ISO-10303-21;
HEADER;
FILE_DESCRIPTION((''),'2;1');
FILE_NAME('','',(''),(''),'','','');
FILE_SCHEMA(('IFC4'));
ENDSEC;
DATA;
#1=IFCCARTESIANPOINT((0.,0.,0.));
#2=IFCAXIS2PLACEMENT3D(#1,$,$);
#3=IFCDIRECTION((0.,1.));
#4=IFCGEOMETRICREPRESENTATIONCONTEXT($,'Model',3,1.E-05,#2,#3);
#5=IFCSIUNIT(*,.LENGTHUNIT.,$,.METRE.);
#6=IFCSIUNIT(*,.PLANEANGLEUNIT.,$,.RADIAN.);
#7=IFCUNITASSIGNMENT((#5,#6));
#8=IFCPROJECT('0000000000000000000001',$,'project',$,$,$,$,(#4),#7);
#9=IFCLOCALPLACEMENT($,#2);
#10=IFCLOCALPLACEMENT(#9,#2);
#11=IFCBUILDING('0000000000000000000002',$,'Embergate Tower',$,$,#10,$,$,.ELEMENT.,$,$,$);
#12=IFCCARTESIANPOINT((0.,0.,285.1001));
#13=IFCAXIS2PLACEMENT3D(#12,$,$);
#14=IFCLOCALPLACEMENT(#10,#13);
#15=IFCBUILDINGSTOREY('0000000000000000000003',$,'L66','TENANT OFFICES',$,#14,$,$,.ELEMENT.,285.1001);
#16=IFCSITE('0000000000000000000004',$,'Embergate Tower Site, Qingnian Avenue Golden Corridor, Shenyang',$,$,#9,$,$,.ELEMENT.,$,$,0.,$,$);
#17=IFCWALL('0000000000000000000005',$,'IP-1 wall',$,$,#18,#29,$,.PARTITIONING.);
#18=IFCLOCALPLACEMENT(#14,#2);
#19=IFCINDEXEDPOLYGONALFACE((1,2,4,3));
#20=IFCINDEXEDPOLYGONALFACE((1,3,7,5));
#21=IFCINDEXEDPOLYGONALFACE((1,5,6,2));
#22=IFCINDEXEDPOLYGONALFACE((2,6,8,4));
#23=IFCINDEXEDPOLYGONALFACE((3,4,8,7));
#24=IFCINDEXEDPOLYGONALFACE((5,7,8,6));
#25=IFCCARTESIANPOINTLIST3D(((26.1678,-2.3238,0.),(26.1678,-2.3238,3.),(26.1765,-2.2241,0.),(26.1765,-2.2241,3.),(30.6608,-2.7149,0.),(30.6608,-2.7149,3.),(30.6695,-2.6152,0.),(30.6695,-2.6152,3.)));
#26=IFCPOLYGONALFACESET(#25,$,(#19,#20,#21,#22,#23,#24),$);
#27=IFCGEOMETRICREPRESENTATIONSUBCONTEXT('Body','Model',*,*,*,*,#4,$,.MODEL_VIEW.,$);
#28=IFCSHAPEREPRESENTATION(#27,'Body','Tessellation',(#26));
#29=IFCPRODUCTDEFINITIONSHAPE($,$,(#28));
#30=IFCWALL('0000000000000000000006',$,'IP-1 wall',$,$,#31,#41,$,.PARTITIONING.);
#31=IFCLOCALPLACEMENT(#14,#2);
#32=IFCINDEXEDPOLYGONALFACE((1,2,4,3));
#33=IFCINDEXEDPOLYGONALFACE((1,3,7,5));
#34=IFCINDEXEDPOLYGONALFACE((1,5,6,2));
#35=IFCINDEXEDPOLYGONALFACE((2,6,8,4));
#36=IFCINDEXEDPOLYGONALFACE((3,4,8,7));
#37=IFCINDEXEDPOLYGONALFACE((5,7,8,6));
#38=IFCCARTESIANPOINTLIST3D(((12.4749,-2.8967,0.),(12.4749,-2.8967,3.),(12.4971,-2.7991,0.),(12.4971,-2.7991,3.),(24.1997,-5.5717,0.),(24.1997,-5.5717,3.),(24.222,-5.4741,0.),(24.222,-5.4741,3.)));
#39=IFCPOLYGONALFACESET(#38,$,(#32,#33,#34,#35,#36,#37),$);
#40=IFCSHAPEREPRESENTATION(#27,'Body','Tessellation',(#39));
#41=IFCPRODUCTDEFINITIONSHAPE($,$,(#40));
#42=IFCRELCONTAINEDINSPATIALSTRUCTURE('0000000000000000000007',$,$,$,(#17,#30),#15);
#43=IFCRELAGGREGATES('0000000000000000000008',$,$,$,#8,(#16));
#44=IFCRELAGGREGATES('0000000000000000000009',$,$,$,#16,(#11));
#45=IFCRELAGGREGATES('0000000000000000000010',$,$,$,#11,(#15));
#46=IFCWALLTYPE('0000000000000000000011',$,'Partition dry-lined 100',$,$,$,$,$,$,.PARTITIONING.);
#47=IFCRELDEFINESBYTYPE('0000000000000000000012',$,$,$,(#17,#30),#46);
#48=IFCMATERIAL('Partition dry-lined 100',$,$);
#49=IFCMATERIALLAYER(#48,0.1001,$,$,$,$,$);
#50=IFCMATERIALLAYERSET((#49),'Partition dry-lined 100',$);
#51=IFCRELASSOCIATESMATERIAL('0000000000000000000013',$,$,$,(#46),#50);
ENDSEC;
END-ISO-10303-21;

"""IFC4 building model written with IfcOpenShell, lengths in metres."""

from ifc_helpers import new_model, si_unit, direction, frame, frame_2d, origin, place, context, subcontext, project, spatial, rectangle, extrude, source, transform, mapped, material, layer, layer_set, type_object, element, save


model = new_model("IFC4")

# Units and contexts
model_context = context("Model", 3, precision=1e-05, world=origin(), true_north=direction((0.0, 1.0)))
body_context = subcontext(model_context, "Body", "Model", "MODEL_VIEW")
ifc_project = project(units=[si_unit("LENGTHUNIT", "METRE"), si_unit("PLANEANGLEUNIT", "RADIAN")], contexts=[model_context])

# Site, building, storey
site_placement = place(None, origin())
site = spatial("IfcSite", under=ifc_project, at=site_placement, Name="Embergate Tower Site, Qingnian Avenue Golden Corridor, Shenyang", CompositionType="ELEMENT", RefElevation=0.0)
building_placement = place(site_placement, origin())
building = spatial("IfcBuilding", under=site, at=building_placement, Name="Embergate Tower", CompositionType="ELEMENT")
storey_placement = place(building_placement, frame((0.0, 0.0, 285.1001)))
storey = spatial("IfcBuildingStorey", under=building, at=storey_placement, Name="L66", Description="TENANT OFFICES", CompositionType="ELEMENT", Elevation=285.1001)

# Walls
ifc_material_1 = material(Name="Partition dry-lined 100")
ifc_layer_1 = layer(ifc_material_1, 0.1001)
ifc_layer_set_1 = layer_set([ifc_layer_1], Name="Partition dry-lined 100")
wall_type_1 = type_object("IfcWallType", Name="Partition dry-lined 100", PredefinedType="PARTITIONING", material=ifc_layer_set_1)
shared_shape_1 = source(origin(), body_context, "Body", "SweptSolid", [
    extrude(rectangle(XDim=4.51, YDim=0.1001, at=frame_2d((2.2549, 0.0))), origin(), (0.0, 0.0, 1.0), 3.0),
])
wall_1_placement = place(storey_placement, frame((30.665, -2.665, 0.0), z_axis=(0.0, 0.0, 1.0), x_axis=(-0.996232, 0.086723, 0.0)))
element("IfcWall", 1, at=wall_1_placement, inside=storey, type_object=wall_type_1, Name="IP-1 wall", PredefinedType="PARTITIONING", context=body_context, shape_type="MappedRepresentation", body=[
    mapped(shared_shape_1, transform((0.0, 0.0, 0.0))),
])
shared_shape_2 = source(origin(), body_context, "Body", "SweptSolid", [
    extrude(rectangle(XDim=12.0261, YDim=0.1001, at=frame_2d((6.0132, 0.0))), origin(), (0.0, 0.0, 1.0), 3.0),
])
wall_2_placement = place(storey_placement, frame((24.2109, -5.5229, 0.0), z_axis=(0.0, 0.0, 1.0), x_axis=(-0.974947, 0.222436, 0.0)))
element("IfcWall", 2, at=wall_2_placement, inside=storey, type_object=wall_type_1, Name="IP-1 wall", PredefinedType="PARTITIONING", context=body_context, shape_type="MappedRepresentation", body=[
    mapped(shared_shape_2, transform((0.0, 0.0, 0.0))),
])

save(model, "model.ifc")
